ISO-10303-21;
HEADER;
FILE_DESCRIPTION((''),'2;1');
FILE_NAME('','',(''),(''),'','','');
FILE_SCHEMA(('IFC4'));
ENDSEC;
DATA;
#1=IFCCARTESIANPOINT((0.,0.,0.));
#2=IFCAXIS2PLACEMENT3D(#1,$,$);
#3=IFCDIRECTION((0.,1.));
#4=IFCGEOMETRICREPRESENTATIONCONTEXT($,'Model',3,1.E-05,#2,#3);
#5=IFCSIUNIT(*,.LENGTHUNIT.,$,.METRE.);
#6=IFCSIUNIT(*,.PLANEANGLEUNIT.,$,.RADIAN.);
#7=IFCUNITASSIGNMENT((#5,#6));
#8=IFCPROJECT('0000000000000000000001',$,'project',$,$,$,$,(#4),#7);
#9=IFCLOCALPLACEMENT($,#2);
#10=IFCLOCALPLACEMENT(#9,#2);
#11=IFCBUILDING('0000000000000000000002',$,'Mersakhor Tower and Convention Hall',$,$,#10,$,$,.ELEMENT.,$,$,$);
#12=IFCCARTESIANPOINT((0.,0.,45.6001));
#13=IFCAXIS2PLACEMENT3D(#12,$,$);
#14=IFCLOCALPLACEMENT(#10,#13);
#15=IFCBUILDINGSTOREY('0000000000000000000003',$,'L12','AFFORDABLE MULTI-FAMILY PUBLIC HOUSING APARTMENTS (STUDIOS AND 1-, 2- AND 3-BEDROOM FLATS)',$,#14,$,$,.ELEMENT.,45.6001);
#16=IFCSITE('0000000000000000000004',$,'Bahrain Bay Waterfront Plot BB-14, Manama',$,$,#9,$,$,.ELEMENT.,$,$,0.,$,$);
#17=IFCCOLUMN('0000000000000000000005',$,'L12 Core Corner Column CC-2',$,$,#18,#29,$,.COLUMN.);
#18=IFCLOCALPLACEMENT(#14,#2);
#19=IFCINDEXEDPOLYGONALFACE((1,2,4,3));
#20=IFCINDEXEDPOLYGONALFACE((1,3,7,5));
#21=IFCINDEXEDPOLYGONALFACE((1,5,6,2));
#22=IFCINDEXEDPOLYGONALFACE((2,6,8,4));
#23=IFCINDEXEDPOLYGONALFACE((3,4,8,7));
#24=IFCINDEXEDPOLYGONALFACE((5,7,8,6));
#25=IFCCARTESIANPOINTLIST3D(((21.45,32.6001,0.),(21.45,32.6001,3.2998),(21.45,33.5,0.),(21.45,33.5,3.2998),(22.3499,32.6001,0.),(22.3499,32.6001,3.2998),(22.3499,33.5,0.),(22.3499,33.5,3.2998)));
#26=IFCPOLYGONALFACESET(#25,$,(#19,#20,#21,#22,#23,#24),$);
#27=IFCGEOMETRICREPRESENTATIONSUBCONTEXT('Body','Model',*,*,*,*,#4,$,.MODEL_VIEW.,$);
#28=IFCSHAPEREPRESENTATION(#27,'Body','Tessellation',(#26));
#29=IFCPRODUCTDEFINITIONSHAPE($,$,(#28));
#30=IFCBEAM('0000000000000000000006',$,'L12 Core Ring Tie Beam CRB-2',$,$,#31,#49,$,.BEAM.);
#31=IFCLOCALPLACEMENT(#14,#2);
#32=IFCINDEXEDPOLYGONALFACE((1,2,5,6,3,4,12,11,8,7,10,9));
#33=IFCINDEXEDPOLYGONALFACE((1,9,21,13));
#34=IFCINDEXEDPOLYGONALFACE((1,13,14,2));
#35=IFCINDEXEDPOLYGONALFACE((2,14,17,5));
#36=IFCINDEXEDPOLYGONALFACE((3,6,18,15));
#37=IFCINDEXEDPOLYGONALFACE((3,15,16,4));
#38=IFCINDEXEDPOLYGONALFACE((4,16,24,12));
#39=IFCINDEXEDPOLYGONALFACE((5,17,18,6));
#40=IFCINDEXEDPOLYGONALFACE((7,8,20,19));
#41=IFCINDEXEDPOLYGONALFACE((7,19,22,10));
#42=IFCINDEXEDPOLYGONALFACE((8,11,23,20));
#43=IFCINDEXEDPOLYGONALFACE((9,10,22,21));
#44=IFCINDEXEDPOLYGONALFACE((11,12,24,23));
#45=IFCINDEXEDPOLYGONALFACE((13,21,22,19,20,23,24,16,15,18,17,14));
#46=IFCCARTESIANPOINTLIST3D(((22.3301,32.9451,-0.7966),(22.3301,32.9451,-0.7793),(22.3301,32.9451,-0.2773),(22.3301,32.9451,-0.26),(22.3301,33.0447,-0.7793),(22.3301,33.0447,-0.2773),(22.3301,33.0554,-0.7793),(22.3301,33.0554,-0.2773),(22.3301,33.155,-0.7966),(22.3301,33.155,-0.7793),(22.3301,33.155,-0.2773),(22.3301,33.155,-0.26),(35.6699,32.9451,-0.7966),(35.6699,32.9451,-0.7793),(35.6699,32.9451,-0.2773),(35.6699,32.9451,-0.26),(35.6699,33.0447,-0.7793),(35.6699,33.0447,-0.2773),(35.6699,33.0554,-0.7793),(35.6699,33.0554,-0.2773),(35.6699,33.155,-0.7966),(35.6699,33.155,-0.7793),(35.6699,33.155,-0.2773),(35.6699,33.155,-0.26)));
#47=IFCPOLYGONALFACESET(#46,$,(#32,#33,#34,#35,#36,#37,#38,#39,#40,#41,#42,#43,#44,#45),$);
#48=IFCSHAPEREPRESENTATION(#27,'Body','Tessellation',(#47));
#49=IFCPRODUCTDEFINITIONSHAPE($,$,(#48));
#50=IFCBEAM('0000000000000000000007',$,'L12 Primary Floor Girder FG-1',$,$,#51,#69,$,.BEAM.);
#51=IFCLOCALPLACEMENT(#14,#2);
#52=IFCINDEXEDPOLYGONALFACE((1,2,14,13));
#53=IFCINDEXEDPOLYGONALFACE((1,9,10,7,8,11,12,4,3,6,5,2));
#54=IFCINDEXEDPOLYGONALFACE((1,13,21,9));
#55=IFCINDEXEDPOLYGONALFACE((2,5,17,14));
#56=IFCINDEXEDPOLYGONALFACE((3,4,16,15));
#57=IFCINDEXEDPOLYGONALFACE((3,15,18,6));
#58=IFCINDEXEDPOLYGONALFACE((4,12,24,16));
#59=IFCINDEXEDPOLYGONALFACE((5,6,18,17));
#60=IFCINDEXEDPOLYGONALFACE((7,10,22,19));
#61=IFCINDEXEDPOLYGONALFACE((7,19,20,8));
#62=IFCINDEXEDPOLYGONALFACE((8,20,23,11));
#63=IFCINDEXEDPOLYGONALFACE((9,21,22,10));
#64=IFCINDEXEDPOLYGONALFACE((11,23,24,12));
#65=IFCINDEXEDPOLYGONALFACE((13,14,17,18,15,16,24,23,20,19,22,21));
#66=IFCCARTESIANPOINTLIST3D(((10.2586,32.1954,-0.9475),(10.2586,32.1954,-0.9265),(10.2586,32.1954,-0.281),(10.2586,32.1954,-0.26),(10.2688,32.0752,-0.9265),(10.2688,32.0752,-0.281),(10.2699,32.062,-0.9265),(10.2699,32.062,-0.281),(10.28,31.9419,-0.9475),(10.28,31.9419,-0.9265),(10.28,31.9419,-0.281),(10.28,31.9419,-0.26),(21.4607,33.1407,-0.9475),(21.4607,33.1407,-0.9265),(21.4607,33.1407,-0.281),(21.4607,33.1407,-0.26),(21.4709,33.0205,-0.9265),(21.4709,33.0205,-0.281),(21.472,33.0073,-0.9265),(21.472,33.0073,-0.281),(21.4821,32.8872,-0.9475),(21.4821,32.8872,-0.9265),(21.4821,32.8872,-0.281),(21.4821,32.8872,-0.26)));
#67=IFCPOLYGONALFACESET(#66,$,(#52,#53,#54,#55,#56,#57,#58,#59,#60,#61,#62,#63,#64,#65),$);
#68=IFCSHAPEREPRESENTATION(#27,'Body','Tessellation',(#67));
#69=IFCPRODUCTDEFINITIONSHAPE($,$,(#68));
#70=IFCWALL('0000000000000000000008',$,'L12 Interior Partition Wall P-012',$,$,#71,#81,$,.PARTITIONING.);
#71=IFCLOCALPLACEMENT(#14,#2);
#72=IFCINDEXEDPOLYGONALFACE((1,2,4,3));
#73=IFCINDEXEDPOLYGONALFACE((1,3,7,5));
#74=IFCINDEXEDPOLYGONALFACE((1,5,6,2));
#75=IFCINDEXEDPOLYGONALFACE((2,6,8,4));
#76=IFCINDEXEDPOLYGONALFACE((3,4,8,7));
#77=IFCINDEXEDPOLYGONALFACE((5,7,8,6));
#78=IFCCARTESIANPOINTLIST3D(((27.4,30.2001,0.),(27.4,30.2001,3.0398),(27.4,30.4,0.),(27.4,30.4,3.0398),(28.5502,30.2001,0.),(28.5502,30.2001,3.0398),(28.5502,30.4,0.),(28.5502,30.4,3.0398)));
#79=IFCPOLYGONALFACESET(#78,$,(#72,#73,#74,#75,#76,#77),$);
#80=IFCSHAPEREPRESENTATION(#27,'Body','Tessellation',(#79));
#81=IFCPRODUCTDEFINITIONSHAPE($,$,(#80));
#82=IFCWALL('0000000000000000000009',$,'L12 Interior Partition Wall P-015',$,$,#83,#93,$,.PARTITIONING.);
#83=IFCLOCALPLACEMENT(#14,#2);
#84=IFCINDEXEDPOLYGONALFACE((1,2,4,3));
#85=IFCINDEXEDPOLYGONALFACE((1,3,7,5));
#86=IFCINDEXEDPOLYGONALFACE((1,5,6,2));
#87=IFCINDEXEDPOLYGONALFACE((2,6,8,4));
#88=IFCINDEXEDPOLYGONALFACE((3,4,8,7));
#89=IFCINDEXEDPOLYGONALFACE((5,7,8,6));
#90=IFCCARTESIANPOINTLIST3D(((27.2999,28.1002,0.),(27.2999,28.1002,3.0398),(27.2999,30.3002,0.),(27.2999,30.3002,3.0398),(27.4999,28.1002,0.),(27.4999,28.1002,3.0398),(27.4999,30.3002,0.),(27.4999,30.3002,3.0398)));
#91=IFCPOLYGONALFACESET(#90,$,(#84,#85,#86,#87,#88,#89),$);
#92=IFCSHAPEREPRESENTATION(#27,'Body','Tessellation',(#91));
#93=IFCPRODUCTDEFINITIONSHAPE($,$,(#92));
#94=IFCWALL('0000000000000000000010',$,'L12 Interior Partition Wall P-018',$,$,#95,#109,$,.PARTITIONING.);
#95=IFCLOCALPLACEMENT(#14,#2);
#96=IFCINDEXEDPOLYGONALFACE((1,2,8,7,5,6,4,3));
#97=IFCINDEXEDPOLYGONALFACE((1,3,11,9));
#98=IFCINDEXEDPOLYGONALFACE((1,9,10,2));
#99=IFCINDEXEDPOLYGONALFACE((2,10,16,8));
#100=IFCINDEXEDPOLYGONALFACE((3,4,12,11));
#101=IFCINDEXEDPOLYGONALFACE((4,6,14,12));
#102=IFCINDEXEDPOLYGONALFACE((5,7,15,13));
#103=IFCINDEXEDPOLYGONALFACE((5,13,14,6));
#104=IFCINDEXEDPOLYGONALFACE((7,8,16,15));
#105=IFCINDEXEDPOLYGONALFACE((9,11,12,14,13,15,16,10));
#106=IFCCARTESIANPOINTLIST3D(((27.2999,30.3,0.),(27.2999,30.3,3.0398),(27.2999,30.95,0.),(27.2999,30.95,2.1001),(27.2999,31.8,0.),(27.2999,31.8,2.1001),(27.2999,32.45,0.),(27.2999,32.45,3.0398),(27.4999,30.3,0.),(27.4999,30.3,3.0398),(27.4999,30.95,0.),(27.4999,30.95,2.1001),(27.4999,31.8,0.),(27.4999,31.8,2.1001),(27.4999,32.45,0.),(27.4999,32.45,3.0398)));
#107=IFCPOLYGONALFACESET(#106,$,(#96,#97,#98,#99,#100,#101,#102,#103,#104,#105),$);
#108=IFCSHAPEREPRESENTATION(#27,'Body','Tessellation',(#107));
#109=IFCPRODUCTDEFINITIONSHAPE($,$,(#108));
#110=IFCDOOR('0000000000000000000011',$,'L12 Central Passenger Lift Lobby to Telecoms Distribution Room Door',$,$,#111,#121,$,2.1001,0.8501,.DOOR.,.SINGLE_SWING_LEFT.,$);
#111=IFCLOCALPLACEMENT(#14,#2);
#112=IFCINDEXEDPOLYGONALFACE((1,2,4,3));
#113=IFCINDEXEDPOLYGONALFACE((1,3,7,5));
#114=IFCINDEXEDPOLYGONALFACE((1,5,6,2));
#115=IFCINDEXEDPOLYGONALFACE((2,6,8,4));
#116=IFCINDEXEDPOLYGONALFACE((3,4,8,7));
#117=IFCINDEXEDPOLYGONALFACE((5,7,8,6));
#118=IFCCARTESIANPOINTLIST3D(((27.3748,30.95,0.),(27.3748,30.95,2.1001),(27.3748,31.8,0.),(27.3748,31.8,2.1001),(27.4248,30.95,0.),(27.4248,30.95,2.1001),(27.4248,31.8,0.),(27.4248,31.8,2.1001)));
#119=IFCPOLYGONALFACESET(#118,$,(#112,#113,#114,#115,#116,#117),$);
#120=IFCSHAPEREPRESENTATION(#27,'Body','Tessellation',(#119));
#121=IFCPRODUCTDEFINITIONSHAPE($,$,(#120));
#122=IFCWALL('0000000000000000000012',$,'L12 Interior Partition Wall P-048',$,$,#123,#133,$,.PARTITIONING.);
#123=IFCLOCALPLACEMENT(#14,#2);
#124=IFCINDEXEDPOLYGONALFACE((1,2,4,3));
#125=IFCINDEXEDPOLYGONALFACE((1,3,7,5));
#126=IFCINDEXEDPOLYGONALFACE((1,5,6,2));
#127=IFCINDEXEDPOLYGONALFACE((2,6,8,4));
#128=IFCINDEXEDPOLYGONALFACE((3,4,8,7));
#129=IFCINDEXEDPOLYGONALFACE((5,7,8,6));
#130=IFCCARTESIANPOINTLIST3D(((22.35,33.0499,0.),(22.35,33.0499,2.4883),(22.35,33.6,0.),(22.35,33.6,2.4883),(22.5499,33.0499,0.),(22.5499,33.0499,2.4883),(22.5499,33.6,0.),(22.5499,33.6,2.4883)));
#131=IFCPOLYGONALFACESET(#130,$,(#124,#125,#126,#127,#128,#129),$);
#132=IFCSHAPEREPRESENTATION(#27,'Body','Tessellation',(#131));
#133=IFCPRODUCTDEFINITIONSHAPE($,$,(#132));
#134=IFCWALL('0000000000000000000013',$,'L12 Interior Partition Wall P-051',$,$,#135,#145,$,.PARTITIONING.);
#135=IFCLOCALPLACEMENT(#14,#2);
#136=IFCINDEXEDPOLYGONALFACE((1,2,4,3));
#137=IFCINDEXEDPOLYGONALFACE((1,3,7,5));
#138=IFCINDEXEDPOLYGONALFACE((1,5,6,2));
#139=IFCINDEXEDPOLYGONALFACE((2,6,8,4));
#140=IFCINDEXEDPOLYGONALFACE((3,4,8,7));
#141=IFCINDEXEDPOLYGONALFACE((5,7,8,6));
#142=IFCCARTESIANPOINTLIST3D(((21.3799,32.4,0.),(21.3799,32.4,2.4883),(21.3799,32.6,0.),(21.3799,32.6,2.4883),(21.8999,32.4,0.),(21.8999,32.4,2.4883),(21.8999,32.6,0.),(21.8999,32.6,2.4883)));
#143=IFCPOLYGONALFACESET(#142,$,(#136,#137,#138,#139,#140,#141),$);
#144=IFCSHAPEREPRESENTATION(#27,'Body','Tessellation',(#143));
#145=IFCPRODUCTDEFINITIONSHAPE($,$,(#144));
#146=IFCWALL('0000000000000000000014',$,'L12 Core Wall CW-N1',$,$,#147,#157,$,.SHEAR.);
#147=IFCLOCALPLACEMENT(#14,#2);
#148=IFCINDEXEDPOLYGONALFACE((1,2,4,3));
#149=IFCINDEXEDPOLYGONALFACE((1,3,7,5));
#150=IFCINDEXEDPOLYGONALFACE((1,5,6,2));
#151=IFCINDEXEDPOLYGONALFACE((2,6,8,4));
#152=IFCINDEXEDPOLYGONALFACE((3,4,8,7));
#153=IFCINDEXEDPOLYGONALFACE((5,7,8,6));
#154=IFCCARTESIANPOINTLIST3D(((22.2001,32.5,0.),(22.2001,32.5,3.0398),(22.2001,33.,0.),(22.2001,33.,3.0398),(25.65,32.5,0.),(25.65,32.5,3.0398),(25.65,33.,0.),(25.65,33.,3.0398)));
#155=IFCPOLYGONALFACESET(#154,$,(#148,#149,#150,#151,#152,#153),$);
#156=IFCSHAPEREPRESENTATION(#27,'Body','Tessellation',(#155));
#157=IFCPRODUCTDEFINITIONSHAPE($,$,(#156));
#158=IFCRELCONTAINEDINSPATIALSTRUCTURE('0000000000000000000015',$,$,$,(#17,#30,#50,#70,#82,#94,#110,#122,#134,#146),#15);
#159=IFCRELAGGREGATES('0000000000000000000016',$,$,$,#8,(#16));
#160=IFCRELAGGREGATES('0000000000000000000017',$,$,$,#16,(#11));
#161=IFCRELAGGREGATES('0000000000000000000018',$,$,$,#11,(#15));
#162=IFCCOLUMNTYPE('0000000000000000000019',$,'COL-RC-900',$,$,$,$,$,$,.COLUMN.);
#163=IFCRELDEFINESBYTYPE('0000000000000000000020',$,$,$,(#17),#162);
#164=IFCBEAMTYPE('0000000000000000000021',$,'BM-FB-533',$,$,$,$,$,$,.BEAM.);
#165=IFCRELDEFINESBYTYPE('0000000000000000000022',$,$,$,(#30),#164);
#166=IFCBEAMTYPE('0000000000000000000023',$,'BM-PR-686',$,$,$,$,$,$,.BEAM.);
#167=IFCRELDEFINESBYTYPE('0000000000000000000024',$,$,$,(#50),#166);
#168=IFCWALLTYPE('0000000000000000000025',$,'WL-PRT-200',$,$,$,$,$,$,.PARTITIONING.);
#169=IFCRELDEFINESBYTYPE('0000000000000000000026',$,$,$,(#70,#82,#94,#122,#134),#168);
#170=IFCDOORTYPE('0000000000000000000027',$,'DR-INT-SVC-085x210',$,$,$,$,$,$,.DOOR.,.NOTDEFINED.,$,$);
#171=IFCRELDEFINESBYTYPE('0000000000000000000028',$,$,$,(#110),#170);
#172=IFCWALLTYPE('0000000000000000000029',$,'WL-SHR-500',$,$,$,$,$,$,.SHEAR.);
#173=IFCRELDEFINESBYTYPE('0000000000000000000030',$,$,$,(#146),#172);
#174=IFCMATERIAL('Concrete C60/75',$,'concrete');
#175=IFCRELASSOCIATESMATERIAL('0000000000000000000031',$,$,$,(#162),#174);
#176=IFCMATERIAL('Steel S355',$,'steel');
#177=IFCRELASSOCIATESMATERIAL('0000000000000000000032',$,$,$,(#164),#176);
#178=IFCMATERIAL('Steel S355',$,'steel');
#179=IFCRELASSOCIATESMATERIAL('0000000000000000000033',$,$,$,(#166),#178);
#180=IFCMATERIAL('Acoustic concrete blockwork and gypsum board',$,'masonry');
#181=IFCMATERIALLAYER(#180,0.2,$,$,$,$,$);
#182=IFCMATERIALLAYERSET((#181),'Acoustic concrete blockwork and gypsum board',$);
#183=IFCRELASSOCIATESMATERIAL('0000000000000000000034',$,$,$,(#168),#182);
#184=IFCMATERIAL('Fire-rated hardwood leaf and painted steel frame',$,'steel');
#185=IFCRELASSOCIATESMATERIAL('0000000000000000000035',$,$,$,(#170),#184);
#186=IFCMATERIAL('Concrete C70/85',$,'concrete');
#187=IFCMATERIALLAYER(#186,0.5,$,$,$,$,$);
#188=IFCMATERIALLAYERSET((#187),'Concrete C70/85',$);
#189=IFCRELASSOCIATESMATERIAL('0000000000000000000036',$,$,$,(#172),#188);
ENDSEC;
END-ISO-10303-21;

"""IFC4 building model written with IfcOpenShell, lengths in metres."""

from ifc_helpers import new_model, si_unit, direction, frame, frame_2d, origin, origin_2d, place, context, subcontext, project, spatial, rectangle, i_section, extrude, material, layer, layer_set, material_profile, profile_set, type_object, element, fill, save


model = new_model("IFC4")

# Units and contexts
model_context = context("Model", 3, precision=1e-05, world=origin(), true_north=direction((0.0, 1.0)))
body_context = subcontext(model_context, "Body", "Model", "MODEL_VIEW")
ifc_project = project(units=[si_unit("LENGTHUNIT", "METRE"), si_unit("PLANEANGLEUNIT", "RADIAN")], contexts=[model_context])

# Site, building, storey
site_placement = place(None, origin())
site = spatial("IfcSite", under=ifc_project, at=site_placement, Name="Bahrain Bay Waterfront Plot BB-14, Manama", CompositionType="ELEMENT", RefElevation=0.0)
building_placement = place(site_placement, origin())
building = spatial("IfcBuilding", under=site, at=building_placement, Name="Mersakhor Tower and Convention Hall", CompositionType="ELEMENT")
storey_placement = place(building_placement, frame((0.0, 0.0, 45.6001)))
storey = spatial("IfcBuildingStorey", under=building, at=storey_placement, Name="L12", Description="AFFORDABLE MULTI-FAMILY PUBLIC HOUSING APARTMENTS (STUDIOS AND 1-, 2- AND 3-BEDROOM FLATS)", CompositionType="ELEMENT", Elevation=45.6001)

# Column
ifc_material_1 = material(Name="Concrete C60/75", Category="concrete")
ifc_material_profile_1 = material_profile(ifc_material_1, rectangle(XDim=0.8999, YDim=0.8999, at=origin_2d()), Name="RC 900x900")
ifc_profile_set_1 = profile_set([ifc_material_profile_1], Name="Concrete C60/75")
column_type = type_object("IfcColumnType", Name="COL-RC-900", PredefinedType="COLUMN", material=ifc_profile_set_1)
column_placement = place(storey_placement, frame((21.8999, 33.05, 0.0), z_axis=(0.0, 0.0, 1.0), x_axis=(1.0, 0.0, 0.0)))
element("IfcColumn", 1, at=column_placement, inside=storey, type_object=column_type, Name="L12 Core Corner Column CC-2", PredefinedType="COLUMN", context=body_context, shape_type="SweptSolid", body=[
    extrude(rectangle(XDim=0.8999, YDim=0.8999, at=origin_2d()), origin(), (0.0, 0.0, 1.0), 3.2998),
])

# Beams
ifc_material_2 = material(Name="Steel S355", Category="steel")
ifc_material_profile_2 = material_profile(ifc_material_2, i_section(OverallWidth=0.21, OverallDepth=0.5366, WebThickness=0.0107, FlangeThickness=0.0173, at=origin_2d()), Name="UB 533x210x101")
ifc_profile_set_2 = profile_set([ifc_material_profile_2], Name="Steel S355")
beam_type_1 = type_object("IfcBeamType", Name="BM-FB-533", PredefinedType="BEAM", material=ifc_profile_set_2)
beam_1_placement = place(storey_placement, frame((22.3301, 33.05, -0.5283), z_axis=(1.0, 0.0, 0.0), x_axis=(0.0, 1.0, 0.0)))
element("IfcBeam", 2, at=beam_1_placement, inside=storey, type_object=beam_type_1, Name="L12 Core Ring Tie Beam CRB-2", PredefinedType="BEAM", context=body_context, shape_type="SweptSolid", body=[
    extrude(i_section(OverallWidth=0.21, OverallDepth=0.5366, WebThickness=0.0107, FlangeThickness=0.0173, at=origin_2d()), origin(), (0.0, 0.0, 1.0), 13.3398),
])
ifc_material_3 = material(Name="Steel S355", Category="steel")
ifc_material_profile_3 = material_profile(ifc_material_3, i_section(OverallWidth=0.2544, OverallDepth=0.6875, WebThickness=0.0132, FlangeThickness=0.021, at=origin_2d()), Name="UB 686x254x152")
ifc_profile_set_3 = profile_set([ifc_material_profile_3], Name="Steel S355")
beam_type_2 = type_object("IfcBeamType", Name="BM-PR-686", PredefinedType="BEAM", material=ifc_profile_set_3)
beam_2_placement = place(storey_placement, frame((21.4714, 33.0139, -0.6038), z_axis=(-0.996458, -0.084088, 0.0), x_axis=(0.084088, -0.996458, 0.0)))
element("IfcBeam", 3, at=beam_2_placement, inside=storey, type_object=beam_type_2, Name="L12 Primary Floor Girder FG-1", PredefinedType="BEAM", context=body_context, shape_type="SweptSolid", body=[
    extrude(i_section(OverallWidth=0.2544, OverallDepth=0.6875, WebThickness=0.0132, FlangeThickness=0.021, at=origin_2d()), origin(), (0.0, 0.0, 1.0), 11.2419),
])

# Shared definitions
ifc_material_4 = material(Name="Acoustic concrete blockwork and gypsum board", Category="masonry")
ifc_layer_1 = layer(ifc_material_4, 0.2)
ifc_layer_set_1 = layer_set([ifc_layer_1], Name="Acoustic concrete blockwork and gypsum board")
wall_type_1 = type_object("IfcWallType", Name="WL-PRT-200", PredefinedType="PARTITIONING", material=ifc_layer_set_1)

# Walls
wall_1_placement = place(storey_placement, frame((27.3999, 30.3, 0.0), z_axis=(0.0, 0.0, 1.0), x_axis=(1.0, 0.0, 0.0)))
element("IfcWall", 4, at=wall_1_placement, inside=storey, type_object=wall_type_1, Name="L12 Interior Partition Wall P-012", PredefinedType="PARTITIONING", context=body_context, shape_type="SweptSolid", body=[
    extrude(rectangle(XDim=1.1501, YDim=0.2, at=frame_2d((0.5752, 0.0))), origin(), (0.0, 0.0, 1.0), 3.0398),
])
wall_2_placement = place(storey_placement, frame((27.3999, 28.1001, 0.0), z_axis=(0.0, 0.0, 1.0), x_axis=(0.0, 1.0, 0.0)))
element("IfcWall", 5, at=wall_2_placement, inside=storey, type_object=wall_type_1, Name="L12 Interior Partition Wall P-015", PredefinedType="PARTITIONING", context=body_context, shape_type="SweptSolid", body=[
    extrude(rectangle(XDim=2.2, YDim=0.2, at=frame_2d((1.1001, 0.0))), origin(), (0.0, 0.0, 1.0), 3.0398),
])

# Wall, opening, door
wall_3_placement = place(storey_placement, frame((27.3999, 32.45, 0.0), z_axis=(0.0, 0.0, 1.0), x_axis=(0.0, -1.0, 0.0)))
wall_3 = element("IfcWall", 6, at=wall_3_placement, inside=storey, type_object=wall_type_1, Name="L12 Interior Partition Wall P-018", PredefinedType="PARTITIONING", context=body_context, shape_type="SweptSolid", body=[
    extrude(rectangle(XDim=2.1499, YDim=0.2, at=frame_2d((1.075, 0.0))), origin(), (0.0, 0.0, 1.0), 3.0398),
])
opening_1_placement = place(wall_3_placement, frame((0.6499, 0.0, 0.0)))
opening_1 = element("IfcOpeningElement", 7, at=opening_1_placement, cuts=wall_3, PredefinedType="OPENING", context=body_context, shape_type="SweptSolid", body=[
    extrude(rectangle(XDim=0.8501, YDim=2.1001, at=frame_2d((0.425, 1.05))), frame((0.0, 0.1099, 0.0), z_axis=(0.0, -1.0, 0.0), x_axis=(1.0, 0.0, 0.0)), (0.0, 0.0, 1.0), 0.22),
])
ifc_material_5 = material(Name="Fire-rated hardwood leaf and painted steel frame", Category="steel")
door_type_1 = type_object("IfcDoorType", Name="DR-INT-SVC-085x210", OperationType="NOTDEFINED", PredefinedType="DOOR", material=ifc_material_5)
door_1_placement = place(opening_1_placement, origin())
door_1 = element("IfcDoor", 8, at=door_1_placement, inside=storey, type_object=door_type_1, Name="L12 Central Passenger Lift Lobby to Telecoms Distribution Room Door", OperationType="SINGLE_SWING_LEFT", OverallHeight=2.1001, OverallWidth=0.8501, PredefinedType="DOOR", context=body_context, shape_type="SweptSolid", body=[
    extrude(rectangle(XDim=0.8501, YDim=2.1001, at=frame_2d((0.425, 1.05))), frame((0.0, 0.0249, 0.0), z_axis=(0.0, -1.0, 0.0), x_axis=(1.0, 0.0, 0.0)), (0.0, 0.0, 1.0), 0.05),
])
fill(opening_1, door_1)

# Walls
wall_4_placement = place(storey_placement, frame((22.45, 33.05, 0.0), z_axis=(0.0, 0.0, 1.0), x_axis=(0.0, 1.0, 0.0)))
element("IfcWall", 9, at=wall_4_placement, inside=storey, type_object=wall_type_1, Name="L12 Interior Partition Wall P-048", PredefinedType="PARTITIONING", context=body_context, shape_type="SweptSolid", body=[
    extrude(rectangle(XDim=0.55, YDim=0.2, at=frame_2d((0.2749, 0.0))), origin(), (0.0, 0.0, 1.0), 2.4883),
])
wall_5_placement = place(storey_placement, frame((21.3799, 32.5, 0.0), z_axis=(0.0, 0.0, 1.0), x_axis=(1.0, 0.0, 0.0)))
element("IfcWall", 10, at=wall_5_placement, inside=storey, type_object=wall_type_1, Name="L12 Interior Partition Wall P-051", PredefinedType="PARTITIONING", context=body_context, shape_type="SweptSolid", body=[
    extrude(rectangle(XDim=0.52, YDim=0.2, at=frame_2d((0.26, 0.0))), origin(), (0.0, 0.0, 1.0), 2.4883),
])
ifc_material_6 = material(Name="Concrete C70/85", Category="concrete")
ifc_layer_2 = layer(ifc_material_6, 0.5)
ifc_layer_set_2 = layer_set([ifc_layer_2], Name="Concrete C70/85")
wall_type_2 = type_object("IfcWallType", Name="WL-SHR-500", PredefinedType="SHEAR", material=ifc_layer_set_2)
wall_6_placement = place(storey_placement, frame((22.2, 32.75, 0.0), z_axis=(0.0, 0.0, 1.0), x_axis=(1.0, 0.0, 0.0)))
element("IfcWall", 11, at=wall_6_placement, inside=storey, type_object=wall_type_2, Name="L12 Core Wall CW-N1", PredefinedType="SHEAR", context=body_context, shape_type="SweptSolid", body=[
    extrude(rectangle(XDim=3.45, YDim=0.5, at=frame_2d((1.7251, 0.0))), origin(), (0.0, 0.0, 1.0), 3.0398),
])

save(model, "model.ifc")
